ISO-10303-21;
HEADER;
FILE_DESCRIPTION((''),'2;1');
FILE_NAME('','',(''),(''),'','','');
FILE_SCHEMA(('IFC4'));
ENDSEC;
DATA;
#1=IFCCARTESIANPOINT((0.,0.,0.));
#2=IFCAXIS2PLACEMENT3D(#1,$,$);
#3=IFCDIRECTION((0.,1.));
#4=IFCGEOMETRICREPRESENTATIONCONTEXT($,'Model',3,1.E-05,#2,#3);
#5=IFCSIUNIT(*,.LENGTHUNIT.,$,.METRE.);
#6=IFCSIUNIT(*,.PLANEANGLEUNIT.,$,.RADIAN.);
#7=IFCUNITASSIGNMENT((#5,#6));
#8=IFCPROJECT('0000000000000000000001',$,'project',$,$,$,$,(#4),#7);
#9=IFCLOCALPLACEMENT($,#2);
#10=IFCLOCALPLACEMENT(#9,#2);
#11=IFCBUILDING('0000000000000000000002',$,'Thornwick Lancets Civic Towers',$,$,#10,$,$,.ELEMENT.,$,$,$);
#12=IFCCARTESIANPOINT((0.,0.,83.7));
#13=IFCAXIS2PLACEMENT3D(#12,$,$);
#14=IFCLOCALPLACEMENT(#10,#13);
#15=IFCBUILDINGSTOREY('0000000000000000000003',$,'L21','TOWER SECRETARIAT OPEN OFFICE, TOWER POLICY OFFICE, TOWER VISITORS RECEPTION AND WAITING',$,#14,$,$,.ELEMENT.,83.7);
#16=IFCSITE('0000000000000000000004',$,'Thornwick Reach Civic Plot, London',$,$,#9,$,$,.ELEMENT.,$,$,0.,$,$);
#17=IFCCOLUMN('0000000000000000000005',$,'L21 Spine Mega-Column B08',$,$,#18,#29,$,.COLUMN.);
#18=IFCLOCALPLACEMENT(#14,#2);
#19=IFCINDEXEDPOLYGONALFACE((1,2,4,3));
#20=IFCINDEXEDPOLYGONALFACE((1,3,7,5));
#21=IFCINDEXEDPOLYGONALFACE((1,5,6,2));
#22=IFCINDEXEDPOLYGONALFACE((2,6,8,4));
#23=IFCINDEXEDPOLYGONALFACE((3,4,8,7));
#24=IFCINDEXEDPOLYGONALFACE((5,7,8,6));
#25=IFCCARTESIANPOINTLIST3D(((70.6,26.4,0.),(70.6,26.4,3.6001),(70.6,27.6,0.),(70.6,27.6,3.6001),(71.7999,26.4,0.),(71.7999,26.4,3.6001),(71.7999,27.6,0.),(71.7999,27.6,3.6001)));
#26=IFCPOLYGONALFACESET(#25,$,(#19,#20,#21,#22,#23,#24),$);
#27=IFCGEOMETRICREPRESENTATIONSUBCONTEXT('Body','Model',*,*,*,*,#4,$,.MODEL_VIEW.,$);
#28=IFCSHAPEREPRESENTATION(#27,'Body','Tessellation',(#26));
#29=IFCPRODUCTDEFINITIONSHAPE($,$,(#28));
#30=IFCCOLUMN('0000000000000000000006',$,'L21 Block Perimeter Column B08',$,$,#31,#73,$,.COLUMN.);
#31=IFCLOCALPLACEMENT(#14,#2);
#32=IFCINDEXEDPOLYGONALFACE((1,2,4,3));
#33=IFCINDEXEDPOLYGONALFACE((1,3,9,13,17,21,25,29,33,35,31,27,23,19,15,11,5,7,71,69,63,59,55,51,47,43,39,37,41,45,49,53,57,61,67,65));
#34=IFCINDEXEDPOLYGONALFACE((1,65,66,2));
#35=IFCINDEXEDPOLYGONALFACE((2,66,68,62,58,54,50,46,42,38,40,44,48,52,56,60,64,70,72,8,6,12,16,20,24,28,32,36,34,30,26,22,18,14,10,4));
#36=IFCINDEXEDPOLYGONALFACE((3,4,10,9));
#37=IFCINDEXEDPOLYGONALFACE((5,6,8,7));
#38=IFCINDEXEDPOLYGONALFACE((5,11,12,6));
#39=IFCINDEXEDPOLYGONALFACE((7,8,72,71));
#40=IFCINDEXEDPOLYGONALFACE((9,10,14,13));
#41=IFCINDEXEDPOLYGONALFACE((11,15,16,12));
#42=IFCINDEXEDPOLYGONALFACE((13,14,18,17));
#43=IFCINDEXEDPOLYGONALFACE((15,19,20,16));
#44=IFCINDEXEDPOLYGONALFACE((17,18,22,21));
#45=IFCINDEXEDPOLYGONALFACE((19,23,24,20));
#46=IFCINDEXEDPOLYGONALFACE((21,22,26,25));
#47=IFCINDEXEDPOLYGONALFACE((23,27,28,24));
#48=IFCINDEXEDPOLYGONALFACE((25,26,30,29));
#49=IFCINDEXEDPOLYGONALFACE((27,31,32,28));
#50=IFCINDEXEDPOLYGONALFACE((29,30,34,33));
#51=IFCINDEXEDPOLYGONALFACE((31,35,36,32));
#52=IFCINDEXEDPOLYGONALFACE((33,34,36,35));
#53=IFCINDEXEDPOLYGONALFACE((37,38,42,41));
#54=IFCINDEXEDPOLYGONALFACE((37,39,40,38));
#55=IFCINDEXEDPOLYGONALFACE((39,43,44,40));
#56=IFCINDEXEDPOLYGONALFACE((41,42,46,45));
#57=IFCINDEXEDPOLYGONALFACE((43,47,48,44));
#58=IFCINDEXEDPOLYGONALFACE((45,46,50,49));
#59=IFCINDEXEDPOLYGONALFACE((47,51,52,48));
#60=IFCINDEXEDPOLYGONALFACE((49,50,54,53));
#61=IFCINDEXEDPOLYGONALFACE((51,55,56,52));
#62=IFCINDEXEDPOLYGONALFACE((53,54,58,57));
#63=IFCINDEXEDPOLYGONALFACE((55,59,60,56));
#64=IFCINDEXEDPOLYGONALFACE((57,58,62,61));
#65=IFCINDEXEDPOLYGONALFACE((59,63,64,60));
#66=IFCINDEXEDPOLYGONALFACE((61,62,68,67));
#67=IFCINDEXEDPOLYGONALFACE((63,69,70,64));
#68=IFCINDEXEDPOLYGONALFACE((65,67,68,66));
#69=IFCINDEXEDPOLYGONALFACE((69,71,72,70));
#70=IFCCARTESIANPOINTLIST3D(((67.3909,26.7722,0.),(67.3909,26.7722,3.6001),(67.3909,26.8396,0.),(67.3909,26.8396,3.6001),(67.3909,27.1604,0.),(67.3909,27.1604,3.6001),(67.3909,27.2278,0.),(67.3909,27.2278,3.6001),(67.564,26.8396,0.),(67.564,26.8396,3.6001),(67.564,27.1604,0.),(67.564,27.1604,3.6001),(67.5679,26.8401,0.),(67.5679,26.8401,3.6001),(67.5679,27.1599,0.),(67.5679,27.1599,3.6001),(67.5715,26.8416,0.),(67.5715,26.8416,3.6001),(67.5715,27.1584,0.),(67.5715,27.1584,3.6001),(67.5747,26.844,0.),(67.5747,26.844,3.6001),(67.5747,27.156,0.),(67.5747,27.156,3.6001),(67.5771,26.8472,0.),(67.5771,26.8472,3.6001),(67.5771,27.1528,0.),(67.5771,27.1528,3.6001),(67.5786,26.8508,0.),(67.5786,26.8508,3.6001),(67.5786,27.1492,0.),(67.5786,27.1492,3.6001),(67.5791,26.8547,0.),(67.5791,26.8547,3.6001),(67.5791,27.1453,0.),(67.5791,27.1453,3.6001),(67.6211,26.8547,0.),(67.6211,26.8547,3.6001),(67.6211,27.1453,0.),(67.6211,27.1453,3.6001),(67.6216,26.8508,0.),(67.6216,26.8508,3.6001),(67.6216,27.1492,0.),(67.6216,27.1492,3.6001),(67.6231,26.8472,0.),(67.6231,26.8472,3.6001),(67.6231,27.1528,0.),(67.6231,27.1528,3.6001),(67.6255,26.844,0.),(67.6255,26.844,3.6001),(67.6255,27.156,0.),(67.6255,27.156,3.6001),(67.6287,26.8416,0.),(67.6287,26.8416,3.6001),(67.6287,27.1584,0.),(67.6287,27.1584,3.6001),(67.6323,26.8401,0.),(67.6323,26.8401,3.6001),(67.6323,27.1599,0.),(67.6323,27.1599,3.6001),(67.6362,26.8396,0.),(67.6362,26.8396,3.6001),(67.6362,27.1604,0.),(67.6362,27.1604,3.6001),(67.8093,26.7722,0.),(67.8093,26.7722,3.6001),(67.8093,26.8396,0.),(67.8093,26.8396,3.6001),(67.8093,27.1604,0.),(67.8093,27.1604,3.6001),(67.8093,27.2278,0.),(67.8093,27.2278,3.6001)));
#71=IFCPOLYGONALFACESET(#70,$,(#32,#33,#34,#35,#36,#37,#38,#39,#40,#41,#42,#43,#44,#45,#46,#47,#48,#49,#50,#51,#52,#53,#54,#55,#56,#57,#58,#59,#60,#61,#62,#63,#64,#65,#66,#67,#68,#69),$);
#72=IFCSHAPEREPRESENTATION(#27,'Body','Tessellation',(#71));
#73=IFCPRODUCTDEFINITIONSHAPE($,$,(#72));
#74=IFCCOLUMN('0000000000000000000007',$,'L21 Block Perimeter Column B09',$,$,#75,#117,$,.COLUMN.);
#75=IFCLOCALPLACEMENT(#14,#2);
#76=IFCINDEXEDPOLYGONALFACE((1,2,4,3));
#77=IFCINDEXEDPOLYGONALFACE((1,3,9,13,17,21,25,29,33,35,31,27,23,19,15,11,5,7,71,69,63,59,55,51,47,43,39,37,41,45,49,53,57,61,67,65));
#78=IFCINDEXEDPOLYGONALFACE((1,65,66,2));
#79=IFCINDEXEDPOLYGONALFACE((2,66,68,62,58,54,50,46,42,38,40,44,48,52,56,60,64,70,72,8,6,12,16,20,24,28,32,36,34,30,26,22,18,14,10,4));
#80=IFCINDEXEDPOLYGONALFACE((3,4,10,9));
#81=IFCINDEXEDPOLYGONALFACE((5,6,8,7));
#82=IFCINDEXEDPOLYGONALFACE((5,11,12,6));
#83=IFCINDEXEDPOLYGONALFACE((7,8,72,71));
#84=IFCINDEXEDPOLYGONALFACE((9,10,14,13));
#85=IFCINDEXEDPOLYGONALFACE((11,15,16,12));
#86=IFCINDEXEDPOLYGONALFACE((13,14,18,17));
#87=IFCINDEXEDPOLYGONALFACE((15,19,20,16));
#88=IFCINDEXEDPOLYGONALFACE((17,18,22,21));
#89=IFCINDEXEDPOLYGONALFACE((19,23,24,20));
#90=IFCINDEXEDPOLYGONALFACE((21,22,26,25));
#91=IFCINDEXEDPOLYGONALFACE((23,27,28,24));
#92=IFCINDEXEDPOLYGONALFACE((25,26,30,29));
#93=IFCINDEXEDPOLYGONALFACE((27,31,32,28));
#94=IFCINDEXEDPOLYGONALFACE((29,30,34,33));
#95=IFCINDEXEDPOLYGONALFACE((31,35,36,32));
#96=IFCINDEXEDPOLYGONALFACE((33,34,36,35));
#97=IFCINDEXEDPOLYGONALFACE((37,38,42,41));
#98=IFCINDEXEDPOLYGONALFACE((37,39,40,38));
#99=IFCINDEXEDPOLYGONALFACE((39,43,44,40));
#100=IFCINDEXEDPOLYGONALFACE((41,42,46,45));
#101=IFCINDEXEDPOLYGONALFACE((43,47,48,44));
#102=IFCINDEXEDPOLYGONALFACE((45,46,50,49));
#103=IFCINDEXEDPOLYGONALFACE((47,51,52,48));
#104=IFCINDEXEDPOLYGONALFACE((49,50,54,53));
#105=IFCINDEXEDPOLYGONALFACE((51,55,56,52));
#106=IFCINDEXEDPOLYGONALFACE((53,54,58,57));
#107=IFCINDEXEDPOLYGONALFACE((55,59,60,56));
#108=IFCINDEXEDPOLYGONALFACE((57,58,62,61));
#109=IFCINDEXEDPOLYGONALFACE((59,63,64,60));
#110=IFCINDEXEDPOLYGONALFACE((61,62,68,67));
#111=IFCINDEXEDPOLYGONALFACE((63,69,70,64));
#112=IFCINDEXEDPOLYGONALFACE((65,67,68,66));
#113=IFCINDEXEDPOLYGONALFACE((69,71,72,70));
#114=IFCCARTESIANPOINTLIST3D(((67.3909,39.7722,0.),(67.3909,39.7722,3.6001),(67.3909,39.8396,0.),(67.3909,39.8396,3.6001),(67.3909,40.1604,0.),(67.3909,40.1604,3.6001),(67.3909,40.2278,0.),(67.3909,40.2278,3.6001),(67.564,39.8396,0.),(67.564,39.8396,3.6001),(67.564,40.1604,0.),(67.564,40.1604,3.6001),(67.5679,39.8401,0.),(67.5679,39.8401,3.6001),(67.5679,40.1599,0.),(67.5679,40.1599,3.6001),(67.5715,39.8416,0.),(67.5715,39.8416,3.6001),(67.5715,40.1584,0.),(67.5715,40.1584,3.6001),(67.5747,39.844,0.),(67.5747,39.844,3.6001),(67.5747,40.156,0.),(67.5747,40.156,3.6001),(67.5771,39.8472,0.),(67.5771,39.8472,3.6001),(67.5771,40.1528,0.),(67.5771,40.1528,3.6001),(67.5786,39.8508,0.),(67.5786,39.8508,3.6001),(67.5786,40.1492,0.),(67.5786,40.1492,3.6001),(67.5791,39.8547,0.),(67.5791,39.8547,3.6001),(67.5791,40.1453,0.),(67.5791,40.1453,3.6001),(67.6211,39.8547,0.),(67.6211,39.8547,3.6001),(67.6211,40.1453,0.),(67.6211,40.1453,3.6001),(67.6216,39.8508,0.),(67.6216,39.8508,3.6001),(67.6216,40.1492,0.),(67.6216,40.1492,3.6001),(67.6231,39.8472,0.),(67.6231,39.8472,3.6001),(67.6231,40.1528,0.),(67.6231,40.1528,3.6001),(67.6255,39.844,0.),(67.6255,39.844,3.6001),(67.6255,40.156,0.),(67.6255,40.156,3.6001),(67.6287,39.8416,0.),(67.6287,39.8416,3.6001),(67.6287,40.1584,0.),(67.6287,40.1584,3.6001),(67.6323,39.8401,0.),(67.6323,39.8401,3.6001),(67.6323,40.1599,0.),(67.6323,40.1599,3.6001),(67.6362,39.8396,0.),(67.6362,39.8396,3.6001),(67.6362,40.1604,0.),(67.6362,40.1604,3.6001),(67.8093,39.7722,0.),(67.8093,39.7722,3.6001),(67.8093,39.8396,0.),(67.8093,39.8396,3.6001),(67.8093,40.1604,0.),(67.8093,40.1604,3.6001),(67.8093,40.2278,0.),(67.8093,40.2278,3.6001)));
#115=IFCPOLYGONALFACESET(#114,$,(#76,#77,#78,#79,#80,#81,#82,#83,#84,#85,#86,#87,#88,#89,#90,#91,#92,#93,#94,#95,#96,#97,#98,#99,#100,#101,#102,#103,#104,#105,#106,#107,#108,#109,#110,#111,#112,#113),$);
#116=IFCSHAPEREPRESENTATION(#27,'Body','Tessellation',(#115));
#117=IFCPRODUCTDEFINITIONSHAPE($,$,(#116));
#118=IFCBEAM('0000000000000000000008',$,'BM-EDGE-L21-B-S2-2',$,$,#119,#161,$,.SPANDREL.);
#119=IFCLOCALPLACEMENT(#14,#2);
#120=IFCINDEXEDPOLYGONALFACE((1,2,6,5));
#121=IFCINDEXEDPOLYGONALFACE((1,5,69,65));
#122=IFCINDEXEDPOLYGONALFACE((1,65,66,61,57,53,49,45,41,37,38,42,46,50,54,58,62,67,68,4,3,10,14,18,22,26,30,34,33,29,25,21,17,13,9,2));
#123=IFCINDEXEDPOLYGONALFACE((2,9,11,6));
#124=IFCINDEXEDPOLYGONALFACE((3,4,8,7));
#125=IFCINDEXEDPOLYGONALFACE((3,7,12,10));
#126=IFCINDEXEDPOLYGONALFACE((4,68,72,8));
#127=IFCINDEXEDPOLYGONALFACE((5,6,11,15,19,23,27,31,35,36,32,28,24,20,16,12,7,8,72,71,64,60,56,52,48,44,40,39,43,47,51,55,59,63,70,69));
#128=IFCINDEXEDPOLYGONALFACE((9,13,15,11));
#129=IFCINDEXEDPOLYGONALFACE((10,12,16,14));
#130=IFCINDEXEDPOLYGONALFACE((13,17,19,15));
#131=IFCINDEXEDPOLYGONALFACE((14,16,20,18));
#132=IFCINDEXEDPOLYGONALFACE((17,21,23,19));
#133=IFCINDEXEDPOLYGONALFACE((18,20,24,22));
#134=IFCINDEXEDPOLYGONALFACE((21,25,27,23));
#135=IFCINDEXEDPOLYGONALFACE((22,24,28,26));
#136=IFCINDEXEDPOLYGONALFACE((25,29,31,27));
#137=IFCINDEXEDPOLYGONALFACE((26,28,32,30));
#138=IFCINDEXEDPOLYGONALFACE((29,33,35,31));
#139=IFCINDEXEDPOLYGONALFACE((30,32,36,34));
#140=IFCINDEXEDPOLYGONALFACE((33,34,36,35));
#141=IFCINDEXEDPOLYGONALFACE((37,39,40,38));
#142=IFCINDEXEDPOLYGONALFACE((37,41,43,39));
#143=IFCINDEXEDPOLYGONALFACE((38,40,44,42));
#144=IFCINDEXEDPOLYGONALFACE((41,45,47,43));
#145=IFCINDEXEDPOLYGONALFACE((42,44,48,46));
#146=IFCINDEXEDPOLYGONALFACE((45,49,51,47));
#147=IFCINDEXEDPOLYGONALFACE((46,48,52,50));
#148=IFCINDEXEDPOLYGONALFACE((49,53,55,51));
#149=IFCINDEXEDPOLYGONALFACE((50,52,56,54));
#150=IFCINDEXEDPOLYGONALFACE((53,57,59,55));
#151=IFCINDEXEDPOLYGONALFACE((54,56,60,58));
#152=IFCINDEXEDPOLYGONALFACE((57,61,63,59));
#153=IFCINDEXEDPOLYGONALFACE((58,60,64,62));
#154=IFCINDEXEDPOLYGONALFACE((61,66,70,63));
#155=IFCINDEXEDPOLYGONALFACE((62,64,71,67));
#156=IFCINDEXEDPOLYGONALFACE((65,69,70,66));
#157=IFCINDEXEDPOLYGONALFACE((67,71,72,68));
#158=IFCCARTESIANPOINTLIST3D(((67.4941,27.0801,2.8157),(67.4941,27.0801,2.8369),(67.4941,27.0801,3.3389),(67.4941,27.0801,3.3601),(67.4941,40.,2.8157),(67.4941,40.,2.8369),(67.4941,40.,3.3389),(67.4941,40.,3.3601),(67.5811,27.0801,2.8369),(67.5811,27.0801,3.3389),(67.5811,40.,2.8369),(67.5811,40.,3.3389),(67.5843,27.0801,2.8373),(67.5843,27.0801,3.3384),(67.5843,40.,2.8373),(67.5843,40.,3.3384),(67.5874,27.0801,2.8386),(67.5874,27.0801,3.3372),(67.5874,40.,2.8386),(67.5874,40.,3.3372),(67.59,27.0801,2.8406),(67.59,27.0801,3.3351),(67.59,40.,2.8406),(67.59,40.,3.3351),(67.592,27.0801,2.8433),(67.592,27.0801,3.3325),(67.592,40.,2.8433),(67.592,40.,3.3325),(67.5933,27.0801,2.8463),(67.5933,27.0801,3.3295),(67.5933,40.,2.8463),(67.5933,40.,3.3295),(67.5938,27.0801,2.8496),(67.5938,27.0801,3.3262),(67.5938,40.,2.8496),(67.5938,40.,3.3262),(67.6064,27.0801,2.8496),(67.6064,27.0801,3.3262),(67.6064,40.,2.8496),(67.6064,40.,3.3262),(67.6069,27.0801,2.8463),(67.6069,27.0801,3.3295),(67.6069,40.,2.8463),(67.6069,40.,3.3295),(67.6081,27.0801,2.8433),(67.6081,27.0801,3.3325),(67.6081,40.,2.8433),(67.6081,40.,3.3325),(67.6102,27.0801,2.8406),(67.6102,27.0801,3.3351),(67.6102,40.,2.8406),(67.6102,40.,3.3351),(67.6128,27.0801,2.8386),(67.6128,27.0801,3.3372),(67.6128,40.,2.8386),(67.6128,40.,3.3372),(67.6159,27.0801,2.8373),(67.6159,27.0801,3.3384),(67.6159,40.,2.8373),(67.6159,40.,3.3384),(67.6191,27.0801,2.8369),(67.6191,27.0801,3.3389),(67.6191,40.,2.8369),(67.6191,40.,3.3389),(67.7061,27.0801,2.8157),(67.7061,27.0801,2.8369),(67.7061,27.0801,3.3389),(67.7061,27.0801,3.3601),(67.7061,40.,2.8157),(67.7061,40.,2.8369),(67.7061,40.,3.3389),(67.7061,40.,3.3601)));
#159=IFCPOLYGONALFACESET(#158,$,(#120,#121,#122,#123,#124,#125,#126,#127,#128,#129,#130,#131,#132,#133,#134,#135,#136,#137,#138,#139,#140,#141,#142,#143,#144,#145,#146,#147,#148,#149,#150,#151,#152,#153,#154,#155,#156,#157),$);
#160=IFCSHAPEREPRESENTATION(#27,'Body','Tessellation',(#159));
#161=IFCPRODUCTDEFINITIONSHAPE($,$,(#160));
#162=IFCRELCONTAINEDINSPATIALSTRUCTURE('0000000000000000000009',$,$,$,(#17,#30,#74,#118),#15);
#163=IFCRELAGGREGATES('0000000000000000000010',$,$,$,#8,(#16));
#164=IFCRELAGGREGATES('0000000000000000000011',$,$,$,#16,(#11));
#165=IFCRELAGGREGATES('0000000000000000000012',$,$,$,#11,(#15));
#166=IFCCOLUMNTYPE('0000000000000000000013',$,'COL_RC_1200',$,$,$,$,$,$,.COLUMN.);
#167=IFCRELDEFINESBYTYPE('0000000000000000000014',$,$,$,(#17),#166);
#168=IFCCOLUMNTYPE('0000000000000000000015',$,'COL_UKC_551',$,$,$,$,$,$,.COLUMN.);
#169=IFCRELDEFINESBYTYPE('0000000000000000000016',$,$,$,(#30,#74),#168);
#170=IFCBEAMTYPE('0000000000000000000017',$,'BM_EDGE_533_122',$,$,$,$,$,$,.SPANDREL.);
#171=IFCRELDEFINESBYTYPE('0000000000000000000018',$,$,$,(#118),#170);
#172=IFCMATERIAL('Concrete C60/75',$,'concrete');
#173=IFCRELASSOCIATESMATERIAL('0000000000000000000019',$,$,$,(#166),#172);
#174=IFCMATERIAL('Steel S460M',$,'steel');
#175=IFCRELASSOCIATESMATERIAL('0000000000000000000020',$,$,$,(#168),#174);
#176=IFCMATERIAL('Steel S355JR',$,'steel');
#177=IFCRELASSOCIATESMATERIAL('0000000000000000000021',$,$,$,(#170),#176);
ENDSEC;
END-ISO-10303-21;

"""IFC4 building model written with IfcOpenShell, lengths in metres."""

from ifc_helpers import new_model, si_unit, direction, frame, origin, origin_2d, place, context, subcontext, project, spatial, rectangle, i_section, extrude, material, material_profile, profile_set, type_object, element, save


model = new_model("IFC4")

# Units and contexts
model_context = context("Model", 3, precision=1e-05, world=origin(), true_north=direction((0.0, 1.0)))
body_context = subcontext(model_context, "Body", "Model", "MODEL_VIEW")
ifc_project = project(units=[si_unit("LENGTHUNIT", "METRE"), si_unit("PLANEANGLEUNIT", "RADIAN")], contexts=[model_context])

# Site, building, storey
site_placement = place(None, origin())
site = spatial("IfcSite", under=ifc_project, at=site_placement, Name="Thornwick Reach Civic Plot, London", CompositionType="ELEMENT", RefElevation=0.0)
building_placement = place(site_placement, origin())
building = spatial("IfcBuilding", under=site, at=building_placement, Name="Thornwick Lancets Civic Towers", CompositionType="ELEMENT")
storey_placement = place(building_placement, frame((0.0, 0.0, 83.7)))
storey = spatial("IfcBuildingStorey", under=building, at=storey_placement, Name="L21", Description="TOWER SECRETARIAT OPEN OFFICE, TOWER POLICY OFFICE, TOWER VISITORS RECEPTION AND WAITING", CompositionType="ELEMENT", Elevation=83.7)

# Columns
ifc_material_1 = material(Name="Concrete C60/75", Category="concrete")
ifc_material_profile_1 = material_profile(ifc_material_1, rectangle(XDim=1.2, YDim=1.2, at=origin_2d()), Name="RC 1200x1200")
ifc_profile_set_1 = profile_set([ifc_material_profile_1], Name="Concrete C60/75")
column_type_1 = type_object("IfcColumnType", Name="COL_RC_1200", PredefinedType="COLUMN", material=ifc_profile_set_1)
column_placement = place(storey_placement, frame((71.2, 27.0, 0.0), z_axis=(0.0, 0.0, 1.0), x_axis=(1.0, 0.0, 0.0)))
element("IfcColumn", 1, at=column_placement, inside=storey, type_object=column_type_1, Name="L21 Spine Mega-Column B08", PredefinedType="COLUMN", context=body_context, shape_type="SweptSolid", body=[
    extrude(rectangle(XDim=1.2, YDim=1.2, at=origin_2d()), origin(), (0.0, 0.0, 1.0), 3.6001),
])
ifc_material_2 = material(Name="Steel S460M", Category="steel")
ifc_material_profile_2 = material_profile(ifc_material_2, i_section(OverallWidth=0.4185, OverallDepth=0.4556, WebThickness=0.042, FlangeThickness=0.0674, FilletRadius=0.0151, at=origin_2d()), Name="UKC 356x406x551")
ifc_profile_set_2 = profile_set([ifc_material_profile_2], Name="Steel S460M")
column_type_2 = type_object("IfcColumnType", Name="COL_UKC_551", PredefinedType="COLUMN", material=ifc_profile_set_2)
for number, where, z_axis, x_axis, name in (
    (2, (67.6001, 27.0, 0.0), (0.0, 0.0, 1.0), (1.0, 0.0, 0.0), "L21 Block Perimeter Column B08"),
    (3, (67.6001, 40.0, 0.0), (0.0, 0.0, 1.0), (1.0, 0.0, 0.0), "L21 Block Perimeter Column B09"),
):
    element("IfcColumn", number, at=place(storey_placement, frame(where, z_axis=z_axis, x_axis=x_axis)), inside=storey, type_object=column_type_2, Name=name, PredefinedType="COLUMN", context=body_context, shape_type="SweptSolid", body=[
        extrude(i_section(OverallWidth=0.4185, OverallDepth=0.4556, WebThickness=0.042, FlangeThickness=0.0674, FilletRadius=0.0151, at=origin_2d()), origin(), (0.0, 0.0, 1.0), 3.6001),
    ])

# Beam
ifc_material_3 = material(Name="Steel S355JR", Category="steel")
ifc_material_profile_3 = material_profile(ifc_material_3, i_section(OverallWidth=0.2119, OverallDepth=0.5444, WebThickness=0.0127, FlangeThickness=0.0212, FilletRadius=0.0127, at=origin_2d()), Name="UKB 533x210x122")
ifc_profile_set_3 = profile_set([ifc_material_profile_3], Name="Steel S355JR")
beam_type_1 = type_object("IfcBeamType", Name="BM_EDGE_533_122", PredefinedType="SPANDREL", material=ifc_profile_set_3)
beam_1_placement = place(storey_placement, frame((67.6001, 27.0801, 3.0879), z_axis=(0.0, 1.0, 0.0), x_axis=(-1.0, 0.0, 0.0)))
element("IfcBeam", 4, at=beam_1_placement, inside=storey, type_object=beam_type_1, Name="BM-EDGE-L21-B-S2-2", PredefinedType="SPANDREL", context=body_context, shape_type="SweptSolid", body=[
    extrude(i_section(OverallWidth=0.2119, OverallDepth=0.5444, WebThickness=0.0127, FlangeThickness=0.0212, FilletRadius=0.0127, at=origin_2d()), origin(), (0.0, 0.0, 1.0), 12.9199),
])

save(model, "model.ifc")
